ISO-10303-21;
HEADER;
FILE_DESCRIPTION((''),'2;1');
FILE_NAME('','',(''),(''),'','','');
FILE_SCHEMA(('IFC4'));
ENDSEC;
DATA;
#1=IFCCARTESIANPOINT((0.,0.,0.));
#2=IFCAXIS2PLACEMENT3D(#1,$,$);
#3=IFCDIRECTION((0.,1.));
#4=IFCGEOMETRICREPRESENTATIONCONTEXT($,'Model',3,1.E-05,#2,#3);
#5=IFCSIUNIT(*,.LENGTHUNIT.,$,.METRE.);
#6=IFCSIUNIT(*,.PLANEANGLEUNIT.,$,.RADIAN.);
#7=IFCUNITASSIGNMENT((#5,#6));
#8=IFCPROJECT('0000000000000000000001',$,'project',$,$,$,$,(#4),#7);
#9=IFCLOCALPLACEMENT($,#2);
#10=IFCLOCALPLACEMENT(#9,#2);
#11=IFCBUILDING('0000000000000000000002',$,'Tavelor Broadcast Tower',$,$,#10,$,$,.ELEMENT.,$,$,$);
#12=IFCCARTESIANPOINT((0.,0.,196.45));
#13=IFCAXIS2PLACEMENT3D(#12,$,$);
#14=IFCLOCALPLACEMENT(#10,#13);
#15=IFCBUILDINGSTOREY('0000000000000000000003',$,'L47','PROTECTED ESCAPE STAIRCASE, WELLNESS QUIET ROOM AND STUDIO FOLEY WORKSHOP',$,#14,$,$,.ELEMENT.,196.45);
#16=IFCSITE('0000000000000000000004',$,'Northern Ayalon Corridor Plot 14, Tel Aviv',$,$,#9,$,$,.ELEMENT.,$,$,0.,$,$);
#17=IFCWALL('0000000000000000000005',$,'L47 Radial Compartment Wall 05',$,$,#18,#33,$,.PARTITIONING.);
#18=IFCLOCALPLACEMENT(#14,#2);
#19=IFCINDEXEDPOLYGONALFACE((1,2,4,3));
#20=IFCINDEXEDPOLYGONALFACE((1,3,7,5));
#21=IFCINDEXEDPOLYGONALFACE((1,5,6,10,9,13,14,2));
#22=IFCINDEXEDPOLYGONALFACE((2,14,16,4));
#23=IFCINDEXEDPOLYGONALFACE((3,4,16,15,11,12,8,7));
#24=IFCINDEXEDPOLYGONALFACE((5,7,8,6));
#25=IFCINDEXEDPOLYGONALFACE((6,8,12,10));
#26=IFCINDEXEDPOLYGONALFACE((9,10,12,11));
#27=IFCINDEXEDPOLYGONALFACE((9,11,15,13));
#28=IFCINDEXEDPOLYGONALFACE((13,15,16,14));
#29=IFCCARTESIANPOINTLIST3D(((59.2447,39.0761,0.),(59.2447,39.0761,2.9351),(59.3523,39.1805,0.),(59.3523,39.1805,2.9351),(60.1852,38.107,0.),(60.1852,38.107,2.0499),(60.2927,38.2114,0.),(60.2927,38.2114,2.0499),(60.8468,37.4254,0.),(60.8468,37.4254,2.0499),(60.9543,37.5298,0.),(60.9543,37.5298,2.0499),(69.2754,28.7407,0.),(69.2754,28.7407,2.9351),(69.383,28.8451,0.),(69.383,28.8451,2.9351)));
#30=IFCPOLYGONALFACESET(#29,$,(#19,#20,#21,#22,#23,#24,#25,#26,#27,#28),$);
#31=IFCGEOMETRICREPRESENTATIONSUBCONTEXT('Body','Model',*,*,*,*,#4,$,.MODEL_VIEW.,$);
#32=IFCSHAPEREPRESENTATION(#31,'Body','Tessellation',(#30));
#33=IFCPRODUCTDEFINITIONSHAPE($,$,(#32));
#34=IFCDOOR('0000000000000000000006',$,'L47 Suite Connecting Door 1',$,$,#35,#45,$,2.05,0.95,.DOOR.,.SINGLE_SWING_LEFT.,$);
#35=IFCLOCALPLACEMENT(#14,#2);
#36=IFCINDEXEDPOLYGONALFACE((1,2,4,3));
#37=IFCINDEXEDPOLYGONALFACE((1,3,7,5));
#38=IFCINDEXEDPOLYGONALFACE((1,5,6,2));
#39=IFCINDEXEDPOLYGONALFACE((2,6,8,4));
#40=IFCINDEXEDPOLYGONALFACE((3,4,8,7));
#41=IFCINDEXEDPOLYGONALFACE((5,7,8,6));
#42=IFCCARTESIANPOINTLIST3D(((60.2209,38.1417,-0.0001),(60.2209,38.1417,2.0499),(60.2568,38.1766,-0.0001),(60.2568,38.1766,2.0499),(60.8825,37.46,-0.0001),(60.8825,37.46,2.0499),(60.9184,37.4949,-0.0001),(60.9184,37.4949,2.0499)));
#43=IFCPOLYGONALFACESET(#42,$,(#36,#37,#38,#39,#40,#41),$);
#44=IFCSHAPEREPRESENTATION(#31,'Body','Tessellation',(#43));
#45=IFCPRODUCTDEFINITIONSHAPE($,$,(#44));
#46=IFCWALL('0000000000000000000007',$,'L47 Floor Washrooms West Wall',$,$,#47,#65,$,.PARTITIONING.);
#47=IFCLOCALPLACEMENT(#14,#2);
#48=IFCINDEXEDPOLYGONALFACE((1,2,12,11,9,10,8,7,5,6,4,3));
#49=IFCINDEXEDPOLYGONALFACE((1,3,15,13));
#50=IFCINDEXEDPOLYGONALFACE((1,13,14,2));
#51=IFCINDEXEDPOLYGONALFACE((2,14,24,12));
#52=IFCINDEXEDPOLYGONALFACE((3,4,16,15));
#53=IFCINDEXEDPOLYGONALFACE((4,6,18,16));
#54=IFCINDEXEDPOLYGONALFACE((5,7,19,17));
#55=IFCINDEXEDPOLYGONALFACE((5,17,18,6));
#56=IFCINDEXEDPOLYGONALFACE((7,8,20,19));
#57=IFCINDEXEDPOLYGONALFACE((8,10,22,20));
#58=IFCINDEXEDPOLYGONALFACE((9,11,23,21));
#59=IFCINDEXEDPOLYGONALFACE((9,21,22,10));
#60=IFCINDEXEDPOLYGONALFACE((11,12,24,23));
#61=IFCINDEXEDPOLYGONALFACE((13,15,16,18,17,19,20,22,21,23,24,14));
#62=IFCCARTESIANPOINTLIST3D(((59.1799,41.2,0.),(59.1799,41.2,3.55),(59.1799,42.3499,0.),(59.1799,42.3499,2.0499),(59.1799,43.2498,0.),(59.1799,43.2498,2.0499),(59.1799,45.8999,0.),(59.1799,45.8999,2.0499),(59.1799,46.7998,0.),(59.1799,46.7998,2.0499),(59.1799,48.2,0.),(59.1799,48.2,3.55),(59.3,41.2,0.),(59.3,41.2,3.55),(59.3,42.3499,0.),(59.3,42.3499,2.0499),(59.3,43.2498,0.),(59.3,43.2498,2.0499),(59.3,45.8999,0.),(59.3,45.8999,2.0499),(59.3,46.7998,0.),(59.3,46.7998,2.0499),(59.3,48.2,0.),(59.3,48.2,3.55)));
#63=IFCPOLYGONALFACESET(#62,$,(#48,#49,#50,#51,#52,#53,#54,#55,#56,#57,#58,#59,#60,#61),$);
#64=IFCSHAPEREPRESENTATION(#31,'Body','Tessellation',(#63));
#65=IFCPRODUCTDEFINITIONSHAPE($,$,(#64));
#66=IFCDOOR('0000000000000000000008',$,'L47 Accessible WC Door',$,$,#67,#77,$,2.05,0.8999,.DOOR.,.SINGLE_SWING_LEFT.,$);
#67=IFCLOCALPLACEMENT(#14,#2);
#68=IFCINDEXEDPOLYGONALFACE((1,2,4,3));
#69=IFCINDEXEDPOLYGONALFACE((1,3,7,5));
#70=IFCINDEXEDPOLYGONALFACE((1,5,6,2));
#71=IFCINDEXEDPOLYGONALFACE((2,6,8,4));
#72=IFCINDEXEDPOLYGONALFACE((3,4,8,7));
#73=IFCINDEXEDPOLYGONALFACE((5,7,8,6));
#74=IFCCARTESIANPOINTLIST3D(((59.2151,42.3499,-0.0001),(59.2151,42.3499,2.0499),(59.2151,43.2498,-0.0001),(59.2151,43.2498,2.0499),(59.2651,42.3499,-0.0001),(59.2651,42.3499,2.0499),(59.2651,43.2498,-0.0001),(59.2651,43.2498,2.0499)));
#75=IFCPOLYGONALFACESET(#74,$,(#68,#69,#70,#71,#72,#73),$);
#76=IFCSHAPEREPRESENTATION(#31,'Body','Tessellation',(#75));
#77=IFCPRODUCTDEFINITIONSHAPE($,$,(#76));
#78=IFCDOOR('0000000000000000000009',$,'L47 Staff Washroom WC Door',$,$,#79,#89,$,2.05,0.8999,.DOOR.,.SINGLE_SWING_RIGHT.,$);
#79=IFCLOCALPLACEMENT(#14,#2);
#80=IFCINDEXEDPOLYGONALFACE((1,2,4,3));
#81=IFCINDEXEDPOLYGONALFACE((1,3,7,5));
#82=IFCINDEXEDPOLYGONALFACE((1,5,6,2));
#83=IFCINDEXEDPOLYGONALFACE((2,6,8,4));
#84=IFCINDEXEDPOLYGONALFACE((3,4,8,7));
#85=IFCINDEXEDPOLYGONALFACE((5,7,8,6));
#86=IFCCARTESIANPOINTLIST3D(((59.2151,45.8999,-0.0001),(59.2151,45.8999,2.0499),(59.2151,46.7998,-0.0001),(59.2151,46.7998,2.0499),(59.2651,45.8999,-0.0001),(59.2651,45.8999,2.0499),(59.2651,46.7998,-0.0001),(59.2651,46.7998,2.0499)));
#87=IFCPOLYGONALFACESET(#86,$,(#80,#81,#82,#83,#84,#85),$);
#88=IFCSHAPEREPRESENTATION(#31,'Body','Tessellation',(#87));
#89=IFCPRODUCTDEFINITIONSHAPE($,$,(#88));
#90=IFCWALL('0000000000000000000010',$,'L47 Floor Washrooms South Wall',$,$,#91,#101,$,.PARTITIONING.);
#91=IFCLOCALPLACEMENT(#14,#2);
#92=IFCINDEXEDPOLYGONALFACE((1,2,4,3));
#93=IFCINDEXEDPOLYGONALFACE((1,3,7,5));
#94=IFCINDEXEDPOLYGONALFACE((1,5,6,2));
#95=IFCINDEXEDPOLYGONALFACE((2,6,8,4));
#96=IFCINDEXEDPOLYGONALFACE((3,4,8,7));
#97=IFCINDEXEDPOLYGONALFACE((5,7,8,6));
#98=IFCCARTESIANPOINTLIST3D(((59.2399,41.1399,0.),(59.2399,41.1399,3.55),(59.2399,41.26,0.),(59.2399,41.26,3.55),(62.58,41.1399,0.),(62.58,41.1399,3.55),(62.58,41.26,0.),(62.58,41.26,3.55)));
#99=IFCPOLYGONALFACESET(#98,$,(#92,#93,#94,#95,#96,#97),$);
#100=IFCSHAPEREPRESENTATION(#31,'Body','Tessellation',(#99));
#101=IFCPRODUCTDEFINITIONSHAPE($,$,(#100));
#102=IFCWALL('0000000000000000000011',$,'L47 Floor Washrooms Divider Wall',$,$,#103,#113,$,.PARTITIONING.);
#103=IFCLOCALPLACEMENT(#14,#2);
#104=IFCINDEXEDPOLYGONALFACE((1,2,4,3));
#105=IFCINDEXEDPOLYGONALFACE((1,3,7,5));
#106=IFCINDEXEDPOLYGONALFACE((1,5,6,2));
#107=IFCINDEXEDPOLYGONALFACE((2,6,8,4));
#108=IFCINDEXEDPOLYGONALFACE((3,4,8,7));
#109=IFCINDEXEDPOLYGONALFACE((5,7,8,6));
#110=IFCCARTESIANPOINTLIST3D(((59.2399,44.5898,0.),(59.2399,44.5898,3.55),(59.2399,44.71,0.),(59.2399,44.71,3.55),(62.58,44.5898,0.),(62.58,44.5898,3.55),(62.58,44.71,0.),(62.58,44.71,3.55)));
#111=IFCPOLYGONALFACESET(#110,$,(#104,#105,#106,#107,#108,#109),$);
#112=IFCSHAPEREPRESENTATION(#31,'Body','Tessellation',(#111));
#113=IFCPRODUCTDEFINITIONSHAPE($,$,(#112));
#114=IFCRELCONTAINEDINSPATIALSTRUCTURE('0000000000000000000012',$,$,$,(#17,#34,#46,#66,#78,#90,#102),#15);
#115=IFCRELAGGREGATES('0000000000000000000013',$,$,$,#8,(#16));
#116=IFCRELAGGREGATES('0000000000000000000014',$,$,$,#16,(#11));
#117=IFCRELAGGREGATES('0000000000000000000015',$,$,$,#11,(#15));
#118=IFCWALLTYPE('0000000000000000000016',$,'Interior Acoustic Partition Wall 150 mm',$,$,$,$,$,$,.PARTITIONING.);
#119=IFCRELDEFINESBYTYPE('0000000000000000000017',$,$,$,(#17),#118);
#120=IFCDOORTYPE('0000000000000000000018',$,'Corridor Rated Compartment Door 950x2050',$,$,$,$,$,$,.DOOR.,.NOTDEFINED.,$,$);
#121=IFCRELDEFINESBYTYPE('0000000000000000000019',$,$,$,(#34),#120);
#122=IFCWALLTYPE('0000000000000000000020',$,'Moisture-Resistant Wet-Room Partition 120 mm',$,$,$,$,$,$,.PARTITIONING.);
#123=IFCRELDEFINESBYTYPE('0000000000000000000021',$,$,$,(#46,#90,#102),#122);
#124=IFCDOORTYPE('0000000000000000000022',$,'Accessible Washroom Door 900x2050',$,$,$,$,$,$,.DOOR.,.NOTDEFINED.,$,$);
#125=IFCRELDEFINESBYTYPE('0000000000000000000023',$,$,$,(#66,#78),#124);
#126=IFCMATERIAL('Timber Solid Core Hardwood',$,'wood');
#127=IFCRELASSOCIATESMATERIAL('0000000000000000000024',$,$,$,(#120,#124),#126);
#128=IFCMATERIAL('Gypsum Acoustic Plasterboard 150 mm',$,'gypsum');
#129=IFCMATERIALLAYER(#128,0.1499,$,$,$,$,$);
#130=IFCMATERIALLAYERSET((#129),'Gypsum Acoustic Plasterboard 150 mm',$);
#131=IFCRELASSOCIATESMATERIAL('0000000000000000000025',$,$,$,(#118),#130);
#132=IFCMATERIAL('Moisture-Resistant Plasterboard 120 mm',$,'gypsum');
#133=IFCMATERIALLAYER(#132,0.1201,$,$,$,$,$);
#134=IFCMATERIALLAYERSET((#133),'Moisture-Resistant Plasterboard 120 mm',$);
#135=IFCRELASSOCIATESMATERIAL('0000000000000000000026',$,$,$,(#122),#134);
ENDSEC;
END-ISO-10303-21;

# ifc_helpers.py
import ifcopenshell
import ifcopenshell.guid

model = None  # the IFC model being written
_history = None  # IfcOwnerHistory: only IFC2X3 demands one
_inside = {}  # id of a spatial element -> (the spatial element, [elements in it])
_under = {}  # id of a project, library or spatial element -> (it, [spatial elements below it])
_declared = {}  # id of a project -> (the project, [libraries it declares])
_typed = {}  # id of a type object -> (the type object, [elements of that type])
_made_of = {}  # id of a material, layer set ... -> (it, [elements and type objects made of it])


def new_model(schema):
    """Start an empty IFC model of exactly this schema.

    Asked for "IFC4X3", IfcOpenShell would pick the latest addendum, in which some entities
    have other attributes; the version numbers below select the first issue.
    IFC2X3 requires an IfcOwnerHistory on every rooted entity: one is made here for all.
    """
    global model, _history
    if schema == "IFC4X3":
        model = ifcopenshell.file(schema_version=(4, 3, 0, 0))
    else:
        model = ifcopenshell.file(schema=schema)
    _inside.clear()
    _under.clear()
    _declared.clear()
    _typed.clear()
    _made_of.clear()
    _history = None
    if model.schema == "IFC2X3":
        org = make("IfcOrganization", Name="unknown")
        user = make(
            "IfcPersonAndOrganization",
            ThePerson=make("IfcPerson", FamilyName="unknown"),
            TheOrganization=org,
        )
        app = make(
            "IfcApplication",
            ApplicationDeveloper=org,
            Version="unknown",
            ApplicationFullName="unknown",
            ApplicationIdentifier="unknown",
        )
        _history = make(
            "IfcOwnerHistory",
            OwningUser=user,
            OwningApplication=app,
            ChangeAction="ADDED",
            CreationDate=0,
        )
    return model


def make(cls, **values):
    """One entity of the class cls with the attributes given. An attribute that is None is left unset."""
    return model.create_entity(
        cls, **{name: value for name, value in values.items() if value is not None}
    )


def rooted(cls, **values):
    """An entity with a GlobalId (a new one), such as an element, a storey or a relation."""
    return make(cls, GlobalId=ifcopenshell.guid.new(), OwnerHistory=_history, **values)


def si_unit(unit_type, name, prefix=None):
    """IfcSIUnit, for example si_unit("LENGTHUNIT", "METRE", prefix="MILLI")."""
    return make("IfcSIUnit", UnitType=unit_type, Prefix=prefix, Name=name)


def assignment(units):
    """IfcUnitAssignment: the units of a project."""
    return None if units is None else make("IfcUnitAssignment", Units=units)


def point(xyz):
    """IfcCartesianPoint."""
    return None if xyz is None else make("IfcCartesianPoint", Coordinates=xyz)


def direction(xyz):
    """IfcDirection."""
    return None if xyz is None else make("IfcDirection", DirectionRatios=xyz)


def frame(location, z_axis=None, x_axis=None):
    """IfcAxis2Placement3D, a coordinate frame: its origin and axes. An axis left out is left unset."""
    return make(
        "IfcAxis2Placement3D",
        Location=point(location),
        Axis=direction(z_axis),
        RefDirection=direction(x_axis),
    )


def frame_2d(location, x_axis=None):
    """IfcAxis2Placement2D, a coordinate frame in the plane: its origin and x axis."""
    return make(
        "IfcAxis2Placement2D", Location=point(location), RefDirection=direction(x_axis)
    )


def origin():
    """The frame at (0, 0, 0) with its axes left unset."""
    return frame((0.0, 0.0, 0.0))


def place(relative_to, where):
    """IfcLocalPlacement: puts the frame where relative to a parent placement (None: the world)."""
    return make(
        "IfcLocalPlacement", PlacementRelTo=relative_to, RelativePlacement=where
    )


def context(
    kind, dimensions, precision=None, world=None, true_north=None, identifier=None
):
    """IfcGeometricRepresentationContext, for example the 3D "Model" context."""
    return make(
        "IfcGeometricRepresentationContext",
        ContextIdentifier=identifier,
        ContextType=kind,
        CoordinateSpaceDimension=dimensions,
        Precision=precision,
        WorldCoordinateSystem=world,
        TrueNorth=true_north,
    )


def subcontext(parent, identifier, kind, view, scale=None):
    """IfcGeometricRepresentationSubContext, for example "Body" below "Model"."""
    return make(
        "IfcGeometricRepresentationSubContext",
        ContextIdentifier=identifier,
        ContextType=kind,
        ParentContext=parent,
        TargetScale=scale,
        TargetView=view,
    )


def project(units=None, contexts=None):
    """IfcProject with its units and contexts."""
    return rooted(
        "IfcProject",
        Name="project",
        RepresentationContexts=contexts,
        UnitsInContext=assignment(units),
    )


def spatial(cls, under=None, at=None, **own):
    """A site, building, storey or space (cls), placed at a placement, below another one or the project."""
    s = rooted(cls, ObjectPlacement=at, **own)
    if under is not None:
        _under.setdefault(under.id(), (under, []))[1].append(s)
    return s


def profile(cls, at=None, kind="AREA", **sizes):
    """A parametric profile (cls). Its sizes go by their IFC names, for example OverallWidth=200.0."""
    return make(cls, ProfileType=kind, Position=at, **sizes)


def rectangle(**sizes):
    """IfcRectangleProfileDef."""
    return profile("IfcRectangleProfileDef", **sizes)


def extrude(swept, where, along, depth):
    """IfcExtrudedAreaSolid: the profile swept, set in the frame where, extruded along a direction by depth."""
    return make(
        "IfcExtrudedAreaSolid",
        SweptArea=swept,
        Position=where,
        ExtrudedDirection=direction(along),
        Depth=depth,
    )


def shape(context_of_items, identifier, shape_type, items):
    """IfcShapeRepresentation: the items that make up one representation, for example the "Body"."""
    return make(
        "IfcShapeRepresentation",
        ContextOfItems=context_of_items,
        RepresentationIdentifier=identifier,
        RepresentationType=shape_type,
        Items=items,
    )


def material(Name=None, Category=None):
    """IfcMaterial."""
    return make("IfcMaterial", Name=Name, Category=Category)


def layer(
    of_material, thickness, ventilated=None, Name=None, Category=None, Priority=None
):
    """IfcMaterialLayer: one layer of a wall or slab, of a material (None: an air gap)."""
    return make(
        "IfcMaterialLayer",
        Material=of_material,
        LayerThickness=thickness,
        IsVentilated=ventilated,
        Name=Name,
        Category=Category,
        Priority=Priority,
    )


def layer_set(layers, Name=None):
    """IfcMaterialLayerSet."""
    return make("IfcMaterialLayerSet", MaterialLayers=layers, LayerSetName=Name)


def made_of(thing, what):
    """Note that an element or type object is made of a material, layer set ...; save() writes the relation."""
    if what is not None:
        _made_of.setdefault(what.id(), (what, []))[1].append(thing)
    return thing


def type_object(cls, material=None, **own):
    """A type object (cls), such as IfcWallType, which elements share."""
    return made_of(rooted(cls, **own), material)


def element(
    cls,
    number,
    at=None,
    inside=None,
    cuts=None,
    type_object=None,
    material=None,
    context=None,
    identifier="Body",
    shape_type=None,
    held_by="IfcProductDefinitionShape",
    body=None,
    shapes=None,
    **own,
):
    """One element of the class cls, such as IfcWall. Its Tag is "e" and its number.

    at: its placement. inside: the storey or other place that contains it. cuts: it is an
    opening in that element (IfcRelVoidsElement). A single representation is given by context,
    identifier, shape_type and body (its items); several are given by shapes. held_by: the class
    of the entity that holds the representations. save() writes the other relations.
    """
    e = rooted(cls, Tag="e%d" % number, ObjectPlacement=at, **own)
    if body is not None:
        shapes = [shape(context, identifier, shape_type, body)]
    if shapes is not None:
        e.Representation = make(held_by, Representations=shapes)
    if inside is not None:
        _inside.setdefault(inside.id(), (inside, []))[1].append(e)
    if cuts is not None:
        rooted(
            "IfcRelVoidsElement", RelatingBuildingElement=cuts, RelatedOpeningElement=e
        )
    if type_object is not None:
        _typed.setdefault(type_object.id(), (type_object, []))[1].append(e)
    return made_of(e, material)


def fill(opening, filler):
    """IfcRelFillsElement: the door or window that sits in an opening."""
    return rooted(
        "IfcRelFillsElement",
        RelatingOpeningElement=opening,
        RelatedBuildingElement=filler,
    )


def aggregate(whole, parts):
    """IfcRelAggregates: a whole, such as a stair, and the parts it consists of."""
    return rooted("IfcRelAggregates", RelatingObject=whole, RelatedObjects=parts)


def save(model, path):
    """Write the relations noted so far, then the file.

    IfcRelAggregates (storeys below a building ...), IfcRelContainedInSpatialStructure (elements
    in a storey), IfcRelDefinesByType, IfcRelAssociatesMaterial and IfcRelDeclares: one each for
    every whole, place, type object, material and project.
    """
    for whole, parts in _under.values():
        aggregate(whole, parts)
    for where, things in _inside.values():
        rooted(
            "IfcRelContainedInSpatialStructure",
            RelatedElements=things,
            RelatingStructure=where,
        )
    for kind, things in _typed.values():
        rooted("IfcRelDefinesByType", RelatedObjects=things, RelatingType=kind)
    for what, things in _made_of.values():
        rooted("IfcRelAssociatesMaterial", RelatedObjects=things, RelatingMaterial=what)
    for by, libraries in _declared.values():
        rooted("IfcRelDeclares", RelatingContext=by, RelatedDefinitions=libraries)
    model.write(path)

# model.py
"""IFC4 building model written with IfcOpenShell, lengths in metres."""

from ifc_helpers import new_model, si_unit, direction, frame, frame_2d, origin, place, context, subcontext, project, spatial, rectangle, extrude, material, layer, layer_set, type_object, element, fill, save


model = new_model("IFC4")

# Units and contexts
model_context = context("Model", 3, precision=1e-05, world=origin(), true_north=direction((0.0, 1.0)))
body_context = subcontext(model_context, "Body", "Model", "MODEL_VIEW")
ifc_project = project(units=[si_unit("LENGTHUNIT", "METRE"), si_unit("PLANEANGLEUNIT", "RADIAN")], contexts=[model_context])

# Site, building, storey
site_placement = place(None, origin())
site = spatial("IfcSite", under=ifc_project, at=site_placement, Name="Northern Ayalon Corridor Plot 14, Tel Aviv", CompositionType="ELEMENT", RefElevation=0.0)
building_placement = place(site_placement, origin())
building = spatial("IfcBuilding", under=site, at=building_placement, Name="Tavelor Broadcast Tower", CompositionType="ELEMENT")
storey_placement = place(building_placement, frame((0.0, 0.0, 196.45)))
storey = spatial("IfcBuildingStorey", under=building, at=storey_placement, Name="L47", Description="PROTECTED ESCAPE STAIRCASE, WELLNESS QUIET ROOM AND STUDIO FOLEY WORKSHOP", CompositionType="ELEMENT", Elevation=196.45)

# Wall, opening, door
ifc_material_1 = material(Name="Timber Solid Core Hardwood", Category="wood")
door_type_1 = type_object("IfcDoorType", Name="Corridor Rated Compartment Door 950x2050", OperationType="NOTDEFINED", PredefinedType="DOOR", material=ifc_material_1)
ifc_material_2 = material(Name="Gypsum Acoustic Plasterboard 150 mm", Category="gypsum")
ifc_layer_1 = layer(ifc_material_2, 0.1499)
ifc_layer_set_1 = layer_set([ifc_layer_1], Name="Gypsum Acoustic Plasterboard 150 mm")
wall_type_1 = type_object("IfcWallType", Name="Interior Acoustic Partition Wall 150 mm", PredefinedType="PARTITIONING", material=ifc_layer_set_1)
wall_1_placement = place(storey_placement, frame((59.2986, 39.1282, 0.0), z_axis=(0.0, 0.0, 1.0), x_axis=(0.69645, -0.717605, 0.0)))
wall_1 = element("IfcWall", 1, at=wall_1_placement, inside=storey, type_object=wall_type_1, Name="L47 Radial Compartment Wall 05", PredefinedType="PARTITIONING", context=body_context, shape_type="SweptSolid", body=[
    extrude(rectangle(XDim=14.4026, YDim=0.1499, at=frame_2d((7.2012, 0.0))), origin(), (0.0, 0.0, 1.0), 2.9351),
])
opening_1_placement = place(wall_1_placement, frame((1.3501, 0.0, 0.0)))
opening_1 = element("IfcOpeningElement", 2, at=opening_1_placement, cuts=wall_1, PredefinedType="OPENING", context=body_context, shape_type="SweptSolid", body=[
    extrude(rectangle(XDim=0.95, YDim=2.05, at=frame_2d((0.4751, 1.0249))), frame((0.0, 0.085, 0.0), z_axis=(0.0, -1.0, 0.0), x_axis=(1.0, 0.0, 0.0)), (0.0, 0.0, 1.0), 0.1699),
])
door_1_placement = place(opening_1_placement, origin())
door_1 = element("IfcDoor", 3, at=door_1_placement, inside=storey, type_object=door_type_1, Name="L47 Suite Connecting Door 1", OperationType="SINGLE_SWING_LEFT", OverallHeight=2.05, OverallWidth=0.95, PredefinedType="DOOR", context=body_context, shape_type="SweptSolid", body=[
    extrude(rectangle(XDim=0.95, YDim=2.05, at=frame_2d((0.4751, 1.0249))), frame((0.0, 0.0249, 0.0), z_axis=(0.0, -1.0, 0.0), x_axis=(1.0, 0.0, 0.0)), (0.0, 0.0, 1.0), 0.05),
])
fill(opening_1, door_1)

# Wall, openings, doors
ifc_material_3 = material(Name="Moisture-Resistant Plasterboard 120 mm", Category="gypsum")
ifc_layer_2 = layer(ifc_material_3, 0.1201)
ifc_layer_set_2 = layer_set([ifc_layer_2], Name="Moisture-Resistant Plasterboard 120 mm")
wall_type_2 = type_object("IfcWallType", Name="Moisture-Resistant Wet-Room Partition 120 mm", PredefinedType="PARTITIONING", material=ifc_layer_set_2)
wall_2_placement = place(storey_placement, frame((59.24, 41.2, 0.0), z_axis=(0.0, 0.0, 1.0), x_axis=(0.0, 1.0, 0.0)))
wall_2 = element("IfcWall", 4, at=wall_2_placement, inside=storey, type_object=wall_type_2, Name="L47 Floor Washrooms West Wall", PredefinedType="PARTITIONING", context=body_context, shape_type="SweptSolid", body=[
    extrude(rectangle(XDim=7.0, YDim=0.1201, at=frame_2d((3.5, 0.0))), origin(), (0.0, 0.0, 1.0), 3.55),
])
opening_2_placement = place(wall_2_placement, frame((1.1499, 0.0, 0.0)))
opening_2 = element("IfcOpeningElement", 5, at=opening_2_placement, cuts=wall_2, PredefinedType="OPENING", context=body_context, shape_type="SweptSolid", body=[
    extrude(rectangle(XDim=0.8999, YDim=2.05, at=frame_2d((0.45, 1.0249))), frame((0.0, 0.0701, 0.0), z_axis=(0.0, -1.0, 0.0), x_axis=(1.0, 0.0, 0.0)), (0.0, 0.0, 1.0), 0.1401),
])
opening_3_placement = place(wall_2_placement, frame((4.7, 0.0, 0.0)))
opening_3 = element("IfcOpeningElement", 6, at=opening_3_placement, cuts=wall_2, PredefinedType="OPENING", context=body_context, shape_type="SweptSolid", body=[
    extrude(rectangle(XDim=0.8999, YDim=2.05, at=frame_2d((0.45, 1.0249))), frame((0.0, 0.0701, 0.0), z_axis=(0.0, -1.0, 0.0), x_axis=(1.0, 0.0, 0.0)), (0.0, 0.0, 1.0), 0.1401),
])
door_type_2 = type_object("IfcDoorType", Name="Accessible Washroom Door 900x2050", OperationType="NOTDEFINED", PredefinedType="DOOR", material=ifc_material_1)
door_2_placement = place(opening_2_placement, origin())
door_2 = element("IfcDoor", 7, at=door_2_placement, inside=storey, type_object=door_type_2, Name="L47 Accessible WC Door", OperationType="SINGLE_SWING_LEFT", OverallHeight=2.05, OverallWidth=0.8999, PredefinedType="DOOR", context=body_context, shape_type="SweptSolid", body=[
    extrude(rectangle(XDim=0.8999, YDim=2.05, at=frame_2d((0.45, 1.0249))), frame((0.0, 0.0249, 0.0), z_axis=(0.0, -1.0, 0.0), x_axis=(1.0, 0.0, 0.0)), (0.0, 0.0, 1.0), 0.05),
])
fill(opening_2, door_2)
door_3_placement = place(opening_3_placement, origin())
door_3 = element("IfcDoor", 8, at=door_3_placement, inside=storey, type_object=door_type_2, Name="L47 Staff Washroom WC Door", OperationType="SINGLE_SWING_RIGHT", OverallHeight=2.05, OverallWidth=0.8999, PredefinedType="DOOR", context=body_context, shape_type="SweptSolid", body=[
    extrude(rectangle(XDim=0.8999, YDim=2.05, at=frame_2d((0.45, 1.0249))), frame((0.0, 0.0249, 0.0), z_axis=(0.0, -1.0, 0.0), x_axis=(1.0, 0.0, 0.0)), (0.0, 0.0, 1.0), 0.05),
])
fill(opening_3, door_3)

# Walls
for number, where, z_axis, x_axis, name in (
    (9, (59.24, 41.2, 0.0), (0.0, 0.0, 1.0), (1.0, 0.0, 0.0), "L47 Floor Washrooms South Wall"),
    (10, (59.24, 44.6499, 0.0), (0.0, 0.0, 1.0), (1.0, 0.0, 0.0), "L47 Floor Washrooms Divider Wall"),
):
    element("IfcWall", number, at=place(storey_placement, frame(where, z_axis=z_axis, x_axis=x_axis)), inside=storey, type_object=wall_type_2, Name=name, PredefinedType="PARTITIONING", context=body_context, shape_type="SweptSolid", body=[
        extrude(rectangle(XDim=3.3401, YDim=0.1201, at=frame_2d((1.6699, 0.0))), origin(), (0.0, 0.0, 1.0), 3.55),
    ])

save(model, "model.ifc")
